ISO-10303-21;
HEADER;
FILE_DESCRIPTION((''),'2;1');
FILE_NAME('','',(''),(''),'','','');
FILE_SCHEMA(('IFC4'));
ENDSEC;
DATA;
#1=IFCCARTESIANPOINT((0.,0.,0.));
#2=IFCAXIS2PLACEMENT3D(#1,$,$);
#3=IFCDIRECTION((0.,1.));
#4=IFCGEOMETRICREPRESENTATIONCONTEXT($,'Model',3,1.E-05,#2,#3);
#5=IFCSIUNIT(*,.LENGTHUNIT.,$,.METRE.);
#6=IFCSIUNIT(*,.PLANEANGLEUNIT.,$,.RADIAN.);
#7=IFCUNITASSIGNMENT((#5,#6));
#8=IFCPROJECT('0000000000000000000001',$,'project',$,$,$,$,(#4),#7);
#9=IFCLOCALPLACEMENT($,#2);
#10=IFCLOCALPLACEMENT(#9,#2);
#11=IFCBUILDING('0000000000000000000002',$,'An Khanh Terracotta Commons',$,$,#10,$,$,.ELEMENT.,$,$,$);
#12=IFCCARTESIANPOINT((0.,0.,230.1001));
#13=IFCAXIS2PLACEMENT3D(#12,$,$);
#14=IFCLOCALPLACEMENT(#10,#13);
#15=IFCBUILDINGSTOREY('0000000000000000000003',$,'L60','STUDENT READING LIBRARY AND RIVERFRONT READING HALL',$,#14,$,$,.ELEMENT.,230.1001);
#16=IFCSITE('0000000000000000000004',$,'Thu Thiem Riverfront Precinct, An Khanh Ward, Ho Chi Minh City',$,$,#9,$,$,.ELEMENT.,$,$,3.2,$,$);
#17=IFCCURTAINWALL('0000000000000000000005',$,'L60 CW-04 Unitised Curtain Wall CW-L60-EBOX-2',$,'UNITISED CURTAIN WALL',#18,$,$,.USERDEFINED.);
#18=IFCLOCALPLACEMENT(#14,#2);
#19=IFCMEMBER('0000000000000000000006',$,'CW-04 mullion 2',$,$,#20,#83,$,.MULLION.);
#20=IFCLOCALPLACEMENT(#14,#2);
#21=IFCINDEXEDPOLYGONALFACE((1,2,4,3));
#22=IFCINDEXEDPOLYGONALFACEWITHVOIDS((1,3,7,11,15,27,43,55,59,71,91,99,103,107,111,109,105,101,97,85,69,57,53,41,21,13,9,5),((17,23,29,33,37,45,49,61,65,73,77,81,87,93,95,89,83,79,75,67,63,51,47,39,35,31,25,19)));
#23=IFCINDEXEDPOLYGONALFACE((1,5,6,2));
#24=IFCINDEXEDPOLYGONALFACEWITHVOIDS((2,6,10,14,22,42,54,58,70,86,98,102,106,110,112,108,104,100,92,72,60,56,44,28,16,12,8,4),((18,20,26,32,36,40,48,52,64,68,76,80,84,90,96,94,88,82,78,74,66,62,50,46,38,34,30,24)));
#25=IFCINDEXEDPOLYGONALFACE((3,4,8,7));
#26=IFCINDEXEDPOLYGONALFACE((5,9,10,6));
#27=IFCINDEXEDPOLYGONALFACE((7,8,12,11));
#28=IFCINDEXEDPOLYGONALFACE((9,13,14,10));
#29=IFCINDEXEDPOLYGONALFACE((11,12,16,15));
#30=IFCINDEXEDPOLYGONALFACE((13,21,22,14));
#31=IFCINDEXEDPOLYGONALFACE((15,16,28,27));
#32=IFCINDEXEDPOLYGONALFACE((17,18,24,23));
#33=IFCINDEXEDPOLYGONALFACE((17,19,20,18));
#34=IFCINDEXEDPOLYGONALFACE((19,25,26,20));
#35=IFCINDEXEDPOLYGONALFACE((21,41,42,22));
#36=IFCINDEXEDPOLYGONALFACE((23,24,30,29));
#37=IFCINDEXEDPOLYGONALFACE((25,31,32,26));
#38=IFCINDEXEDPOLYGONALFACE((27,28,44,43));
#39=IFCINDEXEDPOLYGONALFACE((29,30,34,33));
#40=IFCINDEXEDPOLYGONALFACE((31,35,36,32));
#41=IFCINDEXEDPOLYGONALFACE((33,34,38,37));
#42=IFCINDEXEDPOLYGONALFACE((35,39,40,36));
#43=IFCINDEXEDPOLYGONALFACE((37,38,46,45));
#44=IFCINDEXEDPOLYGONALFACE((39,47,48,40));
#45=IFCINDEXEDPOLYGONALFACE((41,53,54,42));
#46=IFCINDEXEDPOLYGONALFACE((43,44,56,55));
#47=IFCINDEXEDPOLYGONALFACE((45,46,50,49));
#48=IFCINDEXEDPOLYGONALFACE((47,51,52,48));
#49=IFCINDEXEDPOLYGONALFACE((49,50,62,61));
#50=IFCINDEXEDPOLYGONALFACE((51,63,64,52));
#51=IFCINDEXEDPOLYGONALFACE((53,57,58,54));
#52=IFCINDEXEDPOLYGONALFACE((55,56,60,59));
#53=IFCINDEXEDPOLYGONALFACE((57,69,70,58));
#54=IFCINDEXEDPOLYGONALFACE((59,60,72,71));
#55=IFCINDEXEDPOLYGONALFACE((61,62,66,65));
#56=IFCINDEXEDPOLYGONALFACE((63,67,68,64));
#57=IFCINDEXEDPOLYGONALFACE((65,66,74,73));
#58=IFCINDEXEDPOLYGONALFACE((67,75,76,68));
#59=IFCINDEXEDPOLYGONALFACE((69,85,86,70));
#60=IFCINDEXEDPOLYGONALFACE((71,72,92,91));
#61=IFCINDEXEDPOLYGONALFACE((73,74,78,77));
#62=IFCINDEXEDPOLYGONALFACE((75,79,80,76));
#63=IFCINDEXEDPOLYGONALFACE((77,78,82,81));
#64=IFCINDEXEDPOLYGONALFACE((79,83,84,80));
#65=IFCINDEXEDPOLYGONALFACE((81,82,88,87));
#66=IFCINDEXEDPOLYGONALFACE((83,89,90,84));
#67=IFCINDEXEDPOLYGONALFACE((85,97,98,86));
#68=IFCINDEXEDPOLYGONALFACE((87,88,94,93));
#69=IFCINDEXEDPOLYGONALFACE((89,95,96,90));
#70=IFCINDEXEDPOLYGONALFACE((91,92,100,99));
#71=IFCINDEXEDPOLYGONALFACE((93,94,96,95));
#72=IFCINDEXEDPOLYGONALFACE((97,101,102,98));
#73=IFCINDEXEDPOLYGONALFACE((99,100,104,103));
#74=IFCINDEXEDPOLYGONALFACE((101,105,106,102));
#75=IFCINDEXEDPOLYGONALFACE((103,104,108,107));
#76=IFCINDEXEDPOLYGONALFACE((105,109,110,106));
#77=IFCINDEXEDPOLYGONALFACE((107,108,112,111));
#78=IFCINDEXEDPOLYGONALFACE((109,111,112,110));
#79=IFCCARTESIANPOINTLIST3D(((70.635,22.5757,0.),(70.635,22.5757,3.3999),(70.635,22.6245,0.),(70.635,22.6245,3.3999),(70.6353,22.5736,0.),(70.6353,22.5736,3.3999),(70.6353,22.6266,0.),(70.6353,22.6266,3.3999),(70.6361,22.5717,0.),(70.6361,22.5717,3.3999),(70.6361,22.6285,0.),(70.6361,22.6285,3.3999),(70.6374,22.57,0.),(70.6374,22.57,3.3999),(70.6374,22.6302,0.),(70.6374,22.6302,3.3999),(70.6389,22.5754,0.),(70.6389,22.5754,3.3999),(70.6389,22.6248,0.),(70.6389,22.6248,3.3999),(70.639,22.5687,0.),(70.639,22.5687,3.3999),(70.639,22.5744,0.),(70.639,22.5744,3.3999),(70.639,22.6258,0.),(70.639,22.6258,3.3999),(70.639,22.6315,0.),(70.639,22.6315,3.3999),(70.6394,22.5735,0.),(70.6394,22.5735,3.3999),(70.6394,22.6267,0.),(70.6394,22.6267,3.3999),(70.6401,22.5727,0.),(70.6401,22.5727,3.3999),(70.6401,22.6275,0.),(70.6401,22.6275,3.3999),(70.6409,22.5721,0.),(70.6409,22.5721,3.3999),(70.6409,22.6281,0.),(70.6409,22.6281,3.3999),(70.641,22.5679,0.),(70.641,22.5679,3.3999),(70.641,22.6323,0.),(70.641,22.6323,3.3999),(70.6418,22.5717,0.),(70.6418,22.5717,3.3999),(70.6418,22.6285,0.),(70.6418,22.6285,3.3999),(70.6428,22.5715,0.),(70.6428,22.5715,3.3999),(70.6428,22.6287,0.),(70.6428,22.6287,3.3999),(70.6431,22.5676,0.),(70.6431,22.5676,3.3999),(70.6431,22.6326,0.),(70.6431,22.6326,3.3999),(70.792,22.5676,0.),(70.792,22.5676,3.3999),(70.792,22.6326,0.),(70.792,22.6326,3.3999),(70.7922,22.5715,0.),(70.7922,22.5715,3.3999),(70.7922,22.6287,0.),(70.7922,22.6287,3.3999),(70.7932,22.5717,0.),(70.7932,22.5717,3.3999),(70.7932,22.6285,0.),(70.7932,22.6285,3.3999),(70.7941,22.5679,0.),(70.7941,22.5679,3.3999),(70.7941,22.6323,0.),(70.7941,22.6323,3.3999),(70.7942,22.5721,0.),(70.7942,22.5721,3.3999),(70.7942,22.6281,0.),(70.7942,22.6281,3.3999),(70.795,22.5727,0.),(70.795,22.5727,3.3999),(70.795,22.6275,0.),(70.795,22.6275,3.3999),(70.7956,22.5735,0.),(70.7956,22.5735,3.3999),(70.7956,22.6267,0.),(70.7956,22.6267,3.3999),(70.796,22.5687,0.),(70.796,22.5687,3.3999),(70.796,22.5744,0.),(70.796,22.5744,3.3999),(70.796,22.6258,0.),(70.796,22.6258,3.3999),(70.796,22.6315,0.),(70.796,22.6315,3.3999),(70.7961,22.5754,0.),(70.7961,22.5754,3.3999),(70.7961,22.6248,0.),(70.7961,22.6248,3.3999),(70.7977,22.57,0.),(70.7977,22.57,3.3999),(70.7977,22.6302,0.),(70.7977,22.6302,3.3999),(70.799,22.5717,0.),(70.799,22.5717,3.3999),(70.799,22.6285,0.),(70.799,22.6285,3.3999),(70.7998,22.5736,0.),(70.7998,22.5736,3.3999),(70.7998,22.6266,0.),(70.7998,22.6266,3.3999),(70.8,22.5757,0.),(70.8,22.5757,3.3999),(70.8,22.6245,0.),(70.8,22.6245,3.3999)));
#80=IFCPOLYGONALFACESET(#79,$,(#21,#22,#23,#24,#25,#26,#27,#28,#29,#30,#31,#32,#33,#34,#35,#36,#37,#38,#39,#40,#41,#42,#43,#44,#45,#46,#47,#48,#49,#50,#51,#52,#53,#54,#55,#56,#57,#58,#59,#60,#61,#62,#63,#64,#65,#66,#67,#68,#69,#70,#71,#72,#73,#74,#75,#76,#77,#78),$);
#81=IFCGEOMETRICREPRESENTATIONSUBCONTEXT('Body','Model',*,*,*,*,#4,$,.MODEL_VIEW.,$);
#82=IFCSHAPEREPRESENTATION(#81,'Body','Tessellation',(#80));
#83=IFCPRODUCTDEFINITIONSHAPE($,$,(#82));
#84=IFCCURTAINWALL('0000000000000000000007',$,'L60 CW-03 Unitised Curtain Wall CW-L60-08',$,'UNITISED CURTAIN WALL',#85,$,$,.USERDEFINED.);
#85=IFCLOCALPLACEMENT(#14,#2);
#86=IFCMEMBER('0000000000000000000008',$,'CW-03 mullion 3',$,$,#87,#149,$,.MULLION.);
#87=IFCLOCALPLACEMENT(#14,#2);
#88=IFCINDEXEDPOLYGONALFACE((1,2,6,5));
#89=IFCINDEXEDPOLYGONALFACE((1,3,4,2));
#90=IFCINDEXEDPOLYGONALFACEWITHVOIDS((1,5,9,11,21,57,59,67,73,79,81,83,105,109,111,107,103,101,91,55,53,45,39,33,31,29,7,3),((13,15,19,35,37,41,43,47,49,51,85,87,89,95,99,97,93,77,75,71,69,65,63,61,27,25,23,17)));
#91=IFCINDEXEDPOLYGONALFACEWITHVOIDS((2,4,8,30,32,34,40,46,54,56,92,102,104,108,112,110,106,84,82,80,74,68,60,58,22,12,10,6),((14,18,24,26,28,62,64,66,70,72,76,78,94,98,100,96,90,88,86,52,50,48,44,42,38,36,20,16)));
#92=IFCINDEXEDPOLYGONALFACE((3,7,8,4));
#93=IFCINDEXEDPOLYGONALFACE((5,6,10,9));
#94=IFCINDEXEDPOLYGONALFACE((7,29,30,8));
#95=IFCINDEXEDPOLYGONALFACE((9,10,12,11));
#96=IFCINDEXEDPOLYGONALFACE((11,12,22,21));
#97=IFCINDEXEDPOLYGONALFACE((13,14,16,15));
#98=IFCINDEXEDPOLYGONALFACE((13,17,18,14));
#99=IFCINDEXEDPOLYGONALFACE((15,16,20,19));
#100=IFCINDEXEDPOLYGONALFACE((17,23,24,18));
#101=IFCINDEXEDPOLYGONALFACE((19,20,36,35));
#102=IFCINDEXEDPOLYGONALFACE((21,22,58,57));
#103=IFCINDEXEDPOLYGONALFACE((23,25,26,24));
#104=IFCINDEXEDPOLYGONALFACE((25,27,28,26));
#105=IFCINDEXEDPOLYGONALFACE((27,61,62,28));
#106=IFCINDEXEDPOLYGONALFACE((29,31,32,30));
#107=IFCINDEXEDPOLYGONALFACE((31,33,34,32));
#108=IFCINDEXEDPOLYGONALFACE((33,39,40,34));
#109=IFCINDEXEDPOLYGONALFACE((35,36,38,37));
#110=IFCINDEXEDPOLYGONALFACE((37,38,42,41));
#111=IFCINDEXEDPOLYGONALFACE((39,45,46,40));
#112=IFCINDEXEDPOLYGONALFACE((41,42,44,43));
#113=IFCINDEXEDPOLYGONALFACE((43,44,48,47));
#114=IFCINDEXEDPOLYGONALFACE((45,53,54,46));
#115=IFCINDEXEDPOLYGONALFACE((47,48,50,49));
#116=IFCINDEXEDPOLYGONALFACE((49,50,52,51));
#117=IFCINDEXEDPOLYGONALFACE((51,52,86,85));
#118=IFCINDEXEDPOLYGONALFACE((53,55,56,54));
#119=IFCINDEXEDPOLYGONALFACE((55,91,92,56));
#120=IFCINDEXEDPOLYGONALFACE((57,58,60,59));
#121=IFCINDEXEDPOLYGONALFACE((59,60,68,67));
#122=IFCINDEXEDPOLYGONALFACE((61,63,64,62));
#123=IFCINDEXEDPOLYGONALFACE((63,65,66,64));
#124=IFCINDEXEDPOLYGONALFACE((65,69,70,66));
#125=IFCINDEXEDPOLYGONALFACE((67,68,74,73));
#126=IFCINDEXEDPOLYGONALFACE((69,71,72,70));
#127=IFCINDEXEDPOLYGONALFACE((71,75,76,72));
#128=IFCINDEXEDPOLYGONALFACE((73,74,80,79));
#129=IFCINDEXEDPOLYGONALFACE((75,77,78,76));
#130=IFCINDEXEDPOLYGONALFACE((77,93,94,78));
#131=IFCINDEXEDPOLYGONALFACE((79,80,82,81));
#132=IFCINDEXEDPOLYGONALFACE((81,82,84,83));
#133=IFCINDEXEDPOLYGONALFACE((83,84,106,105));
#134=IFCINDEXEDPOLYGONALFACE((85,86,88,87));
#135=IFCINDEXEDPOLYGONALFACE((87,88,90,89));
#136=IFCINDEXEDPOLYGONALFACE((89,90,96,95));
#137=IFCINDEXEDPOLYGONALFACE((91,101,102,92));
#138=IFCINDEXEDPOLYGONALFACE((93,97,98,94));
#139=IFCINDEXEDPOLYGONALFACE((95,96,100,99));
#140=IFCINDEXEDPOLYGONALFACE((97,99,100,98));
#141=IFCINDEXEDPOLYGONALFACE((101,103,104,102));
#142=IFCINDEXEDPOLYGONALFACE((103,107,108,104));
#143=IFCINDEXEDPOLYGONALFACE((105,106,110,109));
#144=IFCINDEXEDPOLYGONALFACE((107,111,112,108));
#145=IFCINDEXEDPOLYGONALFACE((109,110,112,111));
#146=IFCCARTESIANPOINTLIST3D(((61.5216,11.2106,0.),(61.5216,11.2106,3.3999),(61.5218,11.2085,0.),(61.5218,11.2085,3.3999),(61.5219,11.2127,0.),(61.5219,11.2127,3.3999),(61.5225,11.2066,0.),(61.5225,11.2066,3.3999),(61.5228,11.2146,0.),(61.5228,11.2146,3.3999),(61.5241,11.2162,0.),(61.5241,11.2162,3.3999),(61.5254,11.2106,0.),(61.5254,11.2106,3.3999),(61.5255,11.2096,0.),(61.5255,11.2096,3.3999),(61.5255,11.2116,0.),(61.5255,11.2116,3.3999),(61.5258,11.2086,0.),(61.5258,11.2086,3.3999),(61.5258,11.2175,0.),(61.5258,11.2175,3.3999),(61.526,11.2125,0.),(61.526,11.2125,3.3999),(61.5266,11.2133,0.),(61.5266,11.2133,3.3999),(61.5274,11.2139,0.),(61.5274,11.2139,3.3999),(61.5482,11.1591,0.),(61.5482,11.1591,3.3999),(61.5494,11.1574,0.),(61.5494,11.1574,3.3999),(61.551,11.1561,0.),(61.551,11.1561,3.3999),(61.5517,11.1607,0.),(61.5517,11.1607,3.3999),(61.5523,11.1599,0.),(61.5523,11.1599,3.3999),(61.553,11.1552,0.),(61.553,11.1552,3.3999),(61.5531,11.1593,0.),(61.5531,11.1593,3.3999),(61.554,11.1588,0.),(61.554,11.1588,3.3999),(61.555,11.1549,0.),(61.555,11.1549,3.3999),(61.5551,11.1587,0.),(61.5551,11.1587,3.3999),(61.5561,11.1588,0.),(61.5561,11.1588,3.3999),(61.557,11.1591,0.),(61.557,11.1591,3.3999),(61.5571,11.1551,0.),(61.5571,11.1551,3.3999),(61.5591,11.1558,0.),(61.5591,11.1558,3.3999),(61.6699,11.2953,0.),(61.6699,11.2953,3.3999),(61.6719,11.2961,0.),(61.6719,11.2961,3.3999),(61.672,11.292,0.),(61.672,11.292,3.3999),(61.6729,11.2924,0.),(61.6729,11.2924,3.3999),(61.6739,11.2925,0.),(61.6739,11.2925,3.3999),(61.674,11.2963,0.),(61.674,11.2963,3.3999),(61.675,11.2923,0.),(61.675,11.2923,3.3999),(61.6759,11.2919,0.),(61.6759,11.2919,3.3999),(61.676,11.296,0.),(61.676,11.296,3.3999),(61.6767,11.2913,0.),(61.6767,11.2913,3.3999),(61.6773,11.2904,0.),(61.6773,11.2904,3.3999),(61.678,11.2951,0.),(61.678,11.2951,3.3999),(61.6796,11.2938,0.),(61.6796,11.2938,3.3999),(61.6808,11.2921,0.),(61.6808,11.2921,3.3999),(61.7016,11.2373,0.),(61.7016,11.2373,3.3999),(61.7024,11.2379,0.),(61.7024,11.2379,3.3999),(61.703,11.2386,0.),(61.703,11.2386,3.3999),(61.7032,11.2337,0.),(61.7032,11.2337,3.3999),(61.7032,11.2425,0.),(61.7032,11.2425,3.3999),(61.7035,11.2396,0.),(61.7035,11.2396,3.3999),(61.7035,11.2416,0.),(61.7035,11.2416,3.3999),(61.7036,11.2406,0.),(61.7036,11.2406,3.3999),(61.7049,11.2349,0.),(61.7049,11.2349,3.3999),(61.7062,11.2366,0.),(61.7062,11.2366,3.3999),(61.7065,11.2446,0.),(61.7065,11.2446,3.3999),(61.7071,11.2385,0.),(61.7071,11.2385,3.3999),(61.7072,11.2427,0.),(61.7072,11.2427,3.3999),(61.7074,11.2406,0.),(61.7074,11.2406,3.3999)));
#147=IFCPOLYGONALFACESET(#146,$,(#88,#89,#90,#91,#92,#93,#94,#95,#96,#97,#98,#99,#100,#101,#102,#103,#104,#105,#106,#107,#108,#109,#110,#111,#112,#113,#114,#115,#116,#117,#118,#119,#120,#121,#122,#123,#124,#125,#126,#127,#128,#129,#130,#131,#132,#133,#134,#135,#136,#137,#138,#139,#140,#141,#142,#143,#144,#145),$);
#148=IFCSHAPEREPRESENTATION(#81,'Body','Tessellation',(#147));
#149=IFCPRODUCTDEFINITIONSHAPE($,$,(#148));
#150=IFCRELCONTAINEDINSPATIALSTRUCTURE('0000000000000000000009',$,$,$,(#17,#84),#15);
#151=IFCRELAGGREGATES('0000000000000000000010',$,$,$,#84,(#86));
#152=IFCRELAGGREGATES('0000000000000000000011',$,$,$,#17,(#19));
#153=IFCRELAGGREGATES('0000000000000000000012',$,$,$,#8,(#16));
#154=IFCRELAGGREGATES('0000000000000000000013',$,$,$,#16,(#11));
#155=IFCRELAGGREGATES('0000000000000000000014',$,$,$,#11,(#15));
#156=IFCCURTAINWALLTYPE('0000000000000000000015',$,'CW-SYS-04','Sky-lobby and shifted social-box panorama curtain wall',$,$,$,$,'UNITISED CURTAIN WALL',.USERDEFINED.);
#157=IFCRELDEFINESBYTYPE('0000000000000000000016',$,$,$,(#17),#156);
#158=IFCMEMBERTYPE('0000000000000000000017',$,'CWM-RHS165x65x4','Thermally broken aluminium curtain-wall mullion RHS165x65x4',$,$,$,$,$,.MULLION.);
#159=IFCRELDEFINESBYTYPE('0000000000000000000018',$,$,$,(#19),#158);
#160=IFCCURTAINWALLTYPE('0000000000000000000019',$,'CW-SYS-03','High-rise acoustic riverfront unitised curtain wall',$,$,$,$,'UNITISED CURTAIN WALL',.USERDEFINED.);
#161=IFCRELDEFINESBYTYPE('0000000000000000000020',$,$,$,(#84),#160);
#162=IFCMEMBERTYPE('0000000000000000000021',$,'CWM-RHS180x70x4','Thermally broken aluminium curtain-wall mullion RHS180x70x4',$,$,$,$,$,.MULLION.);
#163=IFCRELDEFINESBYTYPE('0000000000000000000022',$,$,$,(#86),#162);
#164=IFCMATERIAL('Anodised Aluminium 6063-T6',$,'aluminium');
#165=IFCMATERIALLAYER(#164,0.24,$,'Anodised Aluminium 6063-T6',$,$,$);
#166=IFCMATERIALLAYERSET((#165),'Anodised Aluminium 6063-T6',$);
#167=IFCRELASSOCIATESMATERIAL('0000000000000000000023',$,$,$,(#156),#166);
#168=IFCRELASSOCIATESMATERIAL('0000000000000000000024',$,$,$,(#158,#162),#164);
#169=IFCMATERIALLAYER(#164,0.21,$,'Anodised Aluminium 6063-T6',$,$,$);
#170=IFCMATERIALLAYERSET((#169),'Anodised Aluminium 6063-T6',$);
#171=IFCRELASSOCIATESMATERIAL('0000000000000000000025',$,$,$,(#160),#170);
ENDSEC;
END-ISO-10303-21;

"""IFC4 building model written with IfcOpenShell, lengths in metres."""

from ifc_helpers import new_model, si_unit, direction, frame, origin, origin_2d, place, context, subcontext, project, spatial, hollow_rectangle, extrude, material, layer, layer_set, material_profile, profile_set, type_object, element, aggregate, save


model = new_model("IFC4")

# Units and contexts
model_context = context("Model", 3, precision=1e-05, world=origin(), true_north=direction((0.0, 1.0)))
body_context = subcontext(model_context, "Body", "Model", "MODEL_VIEW")
ifc_project = project(units=[si_unit("LENGTHUNIT", "METRE"), si_unit("PLANEANGLEUNIT", "RADIAN")], contexts=[model_context])

# Site, building, storey
site_placement = place(None, origin())
site = spatial("IfcSite", under=ifc_project, at=site_placement, Name="Thu Thiem Riverfront Precinct, An Khanh Ward, Ho Chi Minh City", CompositionType="ELEMENT", RefElevation=3.2)
building_placement = place(site_placement, origin())
building = spatial("IfcBuilding", under=site, at=building_placement, Name="An Khanh Terracotta Commons", CompositionType="ELEMENT")
storey_placement = place(building_placement, frame((0.0, 0.0, 230.1001)))
storey = spatial("IfcBuildingStorey", under=building, at=storey_placement, Name="L60", Description="STUDENT READING LIBRARY AND RIVERFRONT READING HALL", CompositionType="ELEMENT", Elevation=230.1001)

# Shared definitions
ifc_material_1 = material(Name="Anodised Aluminium 6063-T6", Category="aluminium")
ifc_layer_1 = layer(ifc_material_1, 0.24, Name="Anodised Aluminium 6063-T6")
ifc_layer_set_1 = layer_set([ifc_layer_1], Name="Anodised Aluminium 6063-T6")
curtain_wall_type_1 = type_object("IfcCurtainWallType", Name="CW-SYS-04", Description="Sky-lobby and shifted social-box panorama curtain wall", ElementType="UNITISED CURTAIN WALL", PredefinedType="USERDEFINED", material=ifc_layer_set_1)
ifc_material_profile_1 = material_profile(ifc_material_1, hollow_rectangle(XDim=0.0649, YDim=0.165, WallThickness=0.0039, InnerFilletRadius=0.0039, OuterFilletRadius=0.0081, at=origin_2d()), Name="RHS165x65x4")
ifc_profile_set_1 = profile_set([ifc_material_profile_1], Name="Anodised Aluminium 6063-T6")
member_type_1 = type_object("IfcMemberType", Name="CWM-RHS165x65x4", Description="Thermally broken aluminium curtain-wall mullion RHS165x65x4", PredefinedType="MULLION", material=ifc_profile_set_1)

# Curtain walls, members
curtain_wall_1_placement = place(storey_placement, origin())
curtain_wall_1 = element("IfcCurtainWall", 1, at=curtain_wall_1_placement, inside=storey, type_object=curtain_wall_type_1, Name="L60 CW-04 Unitised Curtain Wall CW-L60-EBOX-2", ObjectType="UNITISED CURTAIN WALL", PredefinedType="USERDEFINED")
member_1_placement = place(storey_placement, frame((70.7175, 22.6001, 0.0), z_axis=(0.0, 0.0, 1.0), x_axis=(0.0, 1.0, 0.0)))
member_1 = element("IfcMember", 2, at=member_1_placement, type_object=member_type_1, Name="CW-04 mullion 2", PredefinedType="MULLION", context=body_context, shape_type="SweptSolid", body=[
    extrude(hollow_rectangle(XDim=0.0649, YDim=0.165, WallThickness=0.0039, InnerFilletRadius=0.0039, OuterFilletRadius=0.0081, at=origin_2d()), origin(), (0.0, 0.0, 1.0), 3.3999),
])
ifc_layer_2 = layer(ifc_material_1, 0.21, Name="Anodised Aluminium 6063-T6")
ifc_layer_set_2 = layer_set([ifc_layer_2], Name="Anodised Aluminium 6063-T6")
curtain_wall_type_2 = type_object("IfcCurtainWallType", Name="CW-SYS-03", Description="High-rise acoustic riverfront unitised curtain wall", ElementType="UNITISED CURTAIN WALL", PredefinedType="USERDEFINED", material=ifc_layer_set_2)
curtain_wall_2_placement = place(storey_placement, origin())
curtain_wall_2 = element("IfcCurtainWall", 3, at=curtain_wall_2_placement, inside=storey, type_object=curtain_wall_type_2, Name="L60 CW-03 Unitised Curtain Wall CW-L60-08", ObjectType="UNITISED CURTAIN WALL", PredefinedType="USERDEFINED")
ifc_material_profile_2 = material_profile(ifc_material_1, hollow_rectangle(XDim=0.0701, YDim=0.1799, WallThickness=0.0039, InnerFilletRadius=0.0039, OuterFilletRadius=0.0081, at=origin_2d()), Name="RHS180x70x4")
ifc_profile_set_2 = profile_set([ifc_material_profile_2], Name="Anodised Aluminium 6063-T6")
member_type_2 = type_object("IfcMemberType", Name="CWM-RHS180x70x4", Description="Thermally broken aluminium curtain-wall mullion RHS180x70x4", PredefinedType="MULLION", material=ifc_profile_set_2)
member_2_placement = place(storey_placement, frame((61.6145, 11.2256, 0.0), z_axis=(0.0, 0.0, 1.0), x_axis=(-0.475381, 0.87978, 0.0)))
member_2 = element("IfcMember", 4, at=member_2_placement, type_object=member_type_2, Name="CW-03 mullion 3", PredefinedType="MULLION", context=body_context, shape_type="SweptSolid", body=[
    extrude(hollow_rectangle(XDim=0.0701, YDim=0.1799, WallThickness=0.0039, InnerFilletRadius=0.0039, OuterFilletRadius=0.0081, at=origin_2d()), origin(), (0.0, 0.0, 1.0), 3.3999),
])

aggregate(curtain_wall_2, [member_2])
aggregate(curtain_wall_1, [member_1])

save(model, "model.ifc")
